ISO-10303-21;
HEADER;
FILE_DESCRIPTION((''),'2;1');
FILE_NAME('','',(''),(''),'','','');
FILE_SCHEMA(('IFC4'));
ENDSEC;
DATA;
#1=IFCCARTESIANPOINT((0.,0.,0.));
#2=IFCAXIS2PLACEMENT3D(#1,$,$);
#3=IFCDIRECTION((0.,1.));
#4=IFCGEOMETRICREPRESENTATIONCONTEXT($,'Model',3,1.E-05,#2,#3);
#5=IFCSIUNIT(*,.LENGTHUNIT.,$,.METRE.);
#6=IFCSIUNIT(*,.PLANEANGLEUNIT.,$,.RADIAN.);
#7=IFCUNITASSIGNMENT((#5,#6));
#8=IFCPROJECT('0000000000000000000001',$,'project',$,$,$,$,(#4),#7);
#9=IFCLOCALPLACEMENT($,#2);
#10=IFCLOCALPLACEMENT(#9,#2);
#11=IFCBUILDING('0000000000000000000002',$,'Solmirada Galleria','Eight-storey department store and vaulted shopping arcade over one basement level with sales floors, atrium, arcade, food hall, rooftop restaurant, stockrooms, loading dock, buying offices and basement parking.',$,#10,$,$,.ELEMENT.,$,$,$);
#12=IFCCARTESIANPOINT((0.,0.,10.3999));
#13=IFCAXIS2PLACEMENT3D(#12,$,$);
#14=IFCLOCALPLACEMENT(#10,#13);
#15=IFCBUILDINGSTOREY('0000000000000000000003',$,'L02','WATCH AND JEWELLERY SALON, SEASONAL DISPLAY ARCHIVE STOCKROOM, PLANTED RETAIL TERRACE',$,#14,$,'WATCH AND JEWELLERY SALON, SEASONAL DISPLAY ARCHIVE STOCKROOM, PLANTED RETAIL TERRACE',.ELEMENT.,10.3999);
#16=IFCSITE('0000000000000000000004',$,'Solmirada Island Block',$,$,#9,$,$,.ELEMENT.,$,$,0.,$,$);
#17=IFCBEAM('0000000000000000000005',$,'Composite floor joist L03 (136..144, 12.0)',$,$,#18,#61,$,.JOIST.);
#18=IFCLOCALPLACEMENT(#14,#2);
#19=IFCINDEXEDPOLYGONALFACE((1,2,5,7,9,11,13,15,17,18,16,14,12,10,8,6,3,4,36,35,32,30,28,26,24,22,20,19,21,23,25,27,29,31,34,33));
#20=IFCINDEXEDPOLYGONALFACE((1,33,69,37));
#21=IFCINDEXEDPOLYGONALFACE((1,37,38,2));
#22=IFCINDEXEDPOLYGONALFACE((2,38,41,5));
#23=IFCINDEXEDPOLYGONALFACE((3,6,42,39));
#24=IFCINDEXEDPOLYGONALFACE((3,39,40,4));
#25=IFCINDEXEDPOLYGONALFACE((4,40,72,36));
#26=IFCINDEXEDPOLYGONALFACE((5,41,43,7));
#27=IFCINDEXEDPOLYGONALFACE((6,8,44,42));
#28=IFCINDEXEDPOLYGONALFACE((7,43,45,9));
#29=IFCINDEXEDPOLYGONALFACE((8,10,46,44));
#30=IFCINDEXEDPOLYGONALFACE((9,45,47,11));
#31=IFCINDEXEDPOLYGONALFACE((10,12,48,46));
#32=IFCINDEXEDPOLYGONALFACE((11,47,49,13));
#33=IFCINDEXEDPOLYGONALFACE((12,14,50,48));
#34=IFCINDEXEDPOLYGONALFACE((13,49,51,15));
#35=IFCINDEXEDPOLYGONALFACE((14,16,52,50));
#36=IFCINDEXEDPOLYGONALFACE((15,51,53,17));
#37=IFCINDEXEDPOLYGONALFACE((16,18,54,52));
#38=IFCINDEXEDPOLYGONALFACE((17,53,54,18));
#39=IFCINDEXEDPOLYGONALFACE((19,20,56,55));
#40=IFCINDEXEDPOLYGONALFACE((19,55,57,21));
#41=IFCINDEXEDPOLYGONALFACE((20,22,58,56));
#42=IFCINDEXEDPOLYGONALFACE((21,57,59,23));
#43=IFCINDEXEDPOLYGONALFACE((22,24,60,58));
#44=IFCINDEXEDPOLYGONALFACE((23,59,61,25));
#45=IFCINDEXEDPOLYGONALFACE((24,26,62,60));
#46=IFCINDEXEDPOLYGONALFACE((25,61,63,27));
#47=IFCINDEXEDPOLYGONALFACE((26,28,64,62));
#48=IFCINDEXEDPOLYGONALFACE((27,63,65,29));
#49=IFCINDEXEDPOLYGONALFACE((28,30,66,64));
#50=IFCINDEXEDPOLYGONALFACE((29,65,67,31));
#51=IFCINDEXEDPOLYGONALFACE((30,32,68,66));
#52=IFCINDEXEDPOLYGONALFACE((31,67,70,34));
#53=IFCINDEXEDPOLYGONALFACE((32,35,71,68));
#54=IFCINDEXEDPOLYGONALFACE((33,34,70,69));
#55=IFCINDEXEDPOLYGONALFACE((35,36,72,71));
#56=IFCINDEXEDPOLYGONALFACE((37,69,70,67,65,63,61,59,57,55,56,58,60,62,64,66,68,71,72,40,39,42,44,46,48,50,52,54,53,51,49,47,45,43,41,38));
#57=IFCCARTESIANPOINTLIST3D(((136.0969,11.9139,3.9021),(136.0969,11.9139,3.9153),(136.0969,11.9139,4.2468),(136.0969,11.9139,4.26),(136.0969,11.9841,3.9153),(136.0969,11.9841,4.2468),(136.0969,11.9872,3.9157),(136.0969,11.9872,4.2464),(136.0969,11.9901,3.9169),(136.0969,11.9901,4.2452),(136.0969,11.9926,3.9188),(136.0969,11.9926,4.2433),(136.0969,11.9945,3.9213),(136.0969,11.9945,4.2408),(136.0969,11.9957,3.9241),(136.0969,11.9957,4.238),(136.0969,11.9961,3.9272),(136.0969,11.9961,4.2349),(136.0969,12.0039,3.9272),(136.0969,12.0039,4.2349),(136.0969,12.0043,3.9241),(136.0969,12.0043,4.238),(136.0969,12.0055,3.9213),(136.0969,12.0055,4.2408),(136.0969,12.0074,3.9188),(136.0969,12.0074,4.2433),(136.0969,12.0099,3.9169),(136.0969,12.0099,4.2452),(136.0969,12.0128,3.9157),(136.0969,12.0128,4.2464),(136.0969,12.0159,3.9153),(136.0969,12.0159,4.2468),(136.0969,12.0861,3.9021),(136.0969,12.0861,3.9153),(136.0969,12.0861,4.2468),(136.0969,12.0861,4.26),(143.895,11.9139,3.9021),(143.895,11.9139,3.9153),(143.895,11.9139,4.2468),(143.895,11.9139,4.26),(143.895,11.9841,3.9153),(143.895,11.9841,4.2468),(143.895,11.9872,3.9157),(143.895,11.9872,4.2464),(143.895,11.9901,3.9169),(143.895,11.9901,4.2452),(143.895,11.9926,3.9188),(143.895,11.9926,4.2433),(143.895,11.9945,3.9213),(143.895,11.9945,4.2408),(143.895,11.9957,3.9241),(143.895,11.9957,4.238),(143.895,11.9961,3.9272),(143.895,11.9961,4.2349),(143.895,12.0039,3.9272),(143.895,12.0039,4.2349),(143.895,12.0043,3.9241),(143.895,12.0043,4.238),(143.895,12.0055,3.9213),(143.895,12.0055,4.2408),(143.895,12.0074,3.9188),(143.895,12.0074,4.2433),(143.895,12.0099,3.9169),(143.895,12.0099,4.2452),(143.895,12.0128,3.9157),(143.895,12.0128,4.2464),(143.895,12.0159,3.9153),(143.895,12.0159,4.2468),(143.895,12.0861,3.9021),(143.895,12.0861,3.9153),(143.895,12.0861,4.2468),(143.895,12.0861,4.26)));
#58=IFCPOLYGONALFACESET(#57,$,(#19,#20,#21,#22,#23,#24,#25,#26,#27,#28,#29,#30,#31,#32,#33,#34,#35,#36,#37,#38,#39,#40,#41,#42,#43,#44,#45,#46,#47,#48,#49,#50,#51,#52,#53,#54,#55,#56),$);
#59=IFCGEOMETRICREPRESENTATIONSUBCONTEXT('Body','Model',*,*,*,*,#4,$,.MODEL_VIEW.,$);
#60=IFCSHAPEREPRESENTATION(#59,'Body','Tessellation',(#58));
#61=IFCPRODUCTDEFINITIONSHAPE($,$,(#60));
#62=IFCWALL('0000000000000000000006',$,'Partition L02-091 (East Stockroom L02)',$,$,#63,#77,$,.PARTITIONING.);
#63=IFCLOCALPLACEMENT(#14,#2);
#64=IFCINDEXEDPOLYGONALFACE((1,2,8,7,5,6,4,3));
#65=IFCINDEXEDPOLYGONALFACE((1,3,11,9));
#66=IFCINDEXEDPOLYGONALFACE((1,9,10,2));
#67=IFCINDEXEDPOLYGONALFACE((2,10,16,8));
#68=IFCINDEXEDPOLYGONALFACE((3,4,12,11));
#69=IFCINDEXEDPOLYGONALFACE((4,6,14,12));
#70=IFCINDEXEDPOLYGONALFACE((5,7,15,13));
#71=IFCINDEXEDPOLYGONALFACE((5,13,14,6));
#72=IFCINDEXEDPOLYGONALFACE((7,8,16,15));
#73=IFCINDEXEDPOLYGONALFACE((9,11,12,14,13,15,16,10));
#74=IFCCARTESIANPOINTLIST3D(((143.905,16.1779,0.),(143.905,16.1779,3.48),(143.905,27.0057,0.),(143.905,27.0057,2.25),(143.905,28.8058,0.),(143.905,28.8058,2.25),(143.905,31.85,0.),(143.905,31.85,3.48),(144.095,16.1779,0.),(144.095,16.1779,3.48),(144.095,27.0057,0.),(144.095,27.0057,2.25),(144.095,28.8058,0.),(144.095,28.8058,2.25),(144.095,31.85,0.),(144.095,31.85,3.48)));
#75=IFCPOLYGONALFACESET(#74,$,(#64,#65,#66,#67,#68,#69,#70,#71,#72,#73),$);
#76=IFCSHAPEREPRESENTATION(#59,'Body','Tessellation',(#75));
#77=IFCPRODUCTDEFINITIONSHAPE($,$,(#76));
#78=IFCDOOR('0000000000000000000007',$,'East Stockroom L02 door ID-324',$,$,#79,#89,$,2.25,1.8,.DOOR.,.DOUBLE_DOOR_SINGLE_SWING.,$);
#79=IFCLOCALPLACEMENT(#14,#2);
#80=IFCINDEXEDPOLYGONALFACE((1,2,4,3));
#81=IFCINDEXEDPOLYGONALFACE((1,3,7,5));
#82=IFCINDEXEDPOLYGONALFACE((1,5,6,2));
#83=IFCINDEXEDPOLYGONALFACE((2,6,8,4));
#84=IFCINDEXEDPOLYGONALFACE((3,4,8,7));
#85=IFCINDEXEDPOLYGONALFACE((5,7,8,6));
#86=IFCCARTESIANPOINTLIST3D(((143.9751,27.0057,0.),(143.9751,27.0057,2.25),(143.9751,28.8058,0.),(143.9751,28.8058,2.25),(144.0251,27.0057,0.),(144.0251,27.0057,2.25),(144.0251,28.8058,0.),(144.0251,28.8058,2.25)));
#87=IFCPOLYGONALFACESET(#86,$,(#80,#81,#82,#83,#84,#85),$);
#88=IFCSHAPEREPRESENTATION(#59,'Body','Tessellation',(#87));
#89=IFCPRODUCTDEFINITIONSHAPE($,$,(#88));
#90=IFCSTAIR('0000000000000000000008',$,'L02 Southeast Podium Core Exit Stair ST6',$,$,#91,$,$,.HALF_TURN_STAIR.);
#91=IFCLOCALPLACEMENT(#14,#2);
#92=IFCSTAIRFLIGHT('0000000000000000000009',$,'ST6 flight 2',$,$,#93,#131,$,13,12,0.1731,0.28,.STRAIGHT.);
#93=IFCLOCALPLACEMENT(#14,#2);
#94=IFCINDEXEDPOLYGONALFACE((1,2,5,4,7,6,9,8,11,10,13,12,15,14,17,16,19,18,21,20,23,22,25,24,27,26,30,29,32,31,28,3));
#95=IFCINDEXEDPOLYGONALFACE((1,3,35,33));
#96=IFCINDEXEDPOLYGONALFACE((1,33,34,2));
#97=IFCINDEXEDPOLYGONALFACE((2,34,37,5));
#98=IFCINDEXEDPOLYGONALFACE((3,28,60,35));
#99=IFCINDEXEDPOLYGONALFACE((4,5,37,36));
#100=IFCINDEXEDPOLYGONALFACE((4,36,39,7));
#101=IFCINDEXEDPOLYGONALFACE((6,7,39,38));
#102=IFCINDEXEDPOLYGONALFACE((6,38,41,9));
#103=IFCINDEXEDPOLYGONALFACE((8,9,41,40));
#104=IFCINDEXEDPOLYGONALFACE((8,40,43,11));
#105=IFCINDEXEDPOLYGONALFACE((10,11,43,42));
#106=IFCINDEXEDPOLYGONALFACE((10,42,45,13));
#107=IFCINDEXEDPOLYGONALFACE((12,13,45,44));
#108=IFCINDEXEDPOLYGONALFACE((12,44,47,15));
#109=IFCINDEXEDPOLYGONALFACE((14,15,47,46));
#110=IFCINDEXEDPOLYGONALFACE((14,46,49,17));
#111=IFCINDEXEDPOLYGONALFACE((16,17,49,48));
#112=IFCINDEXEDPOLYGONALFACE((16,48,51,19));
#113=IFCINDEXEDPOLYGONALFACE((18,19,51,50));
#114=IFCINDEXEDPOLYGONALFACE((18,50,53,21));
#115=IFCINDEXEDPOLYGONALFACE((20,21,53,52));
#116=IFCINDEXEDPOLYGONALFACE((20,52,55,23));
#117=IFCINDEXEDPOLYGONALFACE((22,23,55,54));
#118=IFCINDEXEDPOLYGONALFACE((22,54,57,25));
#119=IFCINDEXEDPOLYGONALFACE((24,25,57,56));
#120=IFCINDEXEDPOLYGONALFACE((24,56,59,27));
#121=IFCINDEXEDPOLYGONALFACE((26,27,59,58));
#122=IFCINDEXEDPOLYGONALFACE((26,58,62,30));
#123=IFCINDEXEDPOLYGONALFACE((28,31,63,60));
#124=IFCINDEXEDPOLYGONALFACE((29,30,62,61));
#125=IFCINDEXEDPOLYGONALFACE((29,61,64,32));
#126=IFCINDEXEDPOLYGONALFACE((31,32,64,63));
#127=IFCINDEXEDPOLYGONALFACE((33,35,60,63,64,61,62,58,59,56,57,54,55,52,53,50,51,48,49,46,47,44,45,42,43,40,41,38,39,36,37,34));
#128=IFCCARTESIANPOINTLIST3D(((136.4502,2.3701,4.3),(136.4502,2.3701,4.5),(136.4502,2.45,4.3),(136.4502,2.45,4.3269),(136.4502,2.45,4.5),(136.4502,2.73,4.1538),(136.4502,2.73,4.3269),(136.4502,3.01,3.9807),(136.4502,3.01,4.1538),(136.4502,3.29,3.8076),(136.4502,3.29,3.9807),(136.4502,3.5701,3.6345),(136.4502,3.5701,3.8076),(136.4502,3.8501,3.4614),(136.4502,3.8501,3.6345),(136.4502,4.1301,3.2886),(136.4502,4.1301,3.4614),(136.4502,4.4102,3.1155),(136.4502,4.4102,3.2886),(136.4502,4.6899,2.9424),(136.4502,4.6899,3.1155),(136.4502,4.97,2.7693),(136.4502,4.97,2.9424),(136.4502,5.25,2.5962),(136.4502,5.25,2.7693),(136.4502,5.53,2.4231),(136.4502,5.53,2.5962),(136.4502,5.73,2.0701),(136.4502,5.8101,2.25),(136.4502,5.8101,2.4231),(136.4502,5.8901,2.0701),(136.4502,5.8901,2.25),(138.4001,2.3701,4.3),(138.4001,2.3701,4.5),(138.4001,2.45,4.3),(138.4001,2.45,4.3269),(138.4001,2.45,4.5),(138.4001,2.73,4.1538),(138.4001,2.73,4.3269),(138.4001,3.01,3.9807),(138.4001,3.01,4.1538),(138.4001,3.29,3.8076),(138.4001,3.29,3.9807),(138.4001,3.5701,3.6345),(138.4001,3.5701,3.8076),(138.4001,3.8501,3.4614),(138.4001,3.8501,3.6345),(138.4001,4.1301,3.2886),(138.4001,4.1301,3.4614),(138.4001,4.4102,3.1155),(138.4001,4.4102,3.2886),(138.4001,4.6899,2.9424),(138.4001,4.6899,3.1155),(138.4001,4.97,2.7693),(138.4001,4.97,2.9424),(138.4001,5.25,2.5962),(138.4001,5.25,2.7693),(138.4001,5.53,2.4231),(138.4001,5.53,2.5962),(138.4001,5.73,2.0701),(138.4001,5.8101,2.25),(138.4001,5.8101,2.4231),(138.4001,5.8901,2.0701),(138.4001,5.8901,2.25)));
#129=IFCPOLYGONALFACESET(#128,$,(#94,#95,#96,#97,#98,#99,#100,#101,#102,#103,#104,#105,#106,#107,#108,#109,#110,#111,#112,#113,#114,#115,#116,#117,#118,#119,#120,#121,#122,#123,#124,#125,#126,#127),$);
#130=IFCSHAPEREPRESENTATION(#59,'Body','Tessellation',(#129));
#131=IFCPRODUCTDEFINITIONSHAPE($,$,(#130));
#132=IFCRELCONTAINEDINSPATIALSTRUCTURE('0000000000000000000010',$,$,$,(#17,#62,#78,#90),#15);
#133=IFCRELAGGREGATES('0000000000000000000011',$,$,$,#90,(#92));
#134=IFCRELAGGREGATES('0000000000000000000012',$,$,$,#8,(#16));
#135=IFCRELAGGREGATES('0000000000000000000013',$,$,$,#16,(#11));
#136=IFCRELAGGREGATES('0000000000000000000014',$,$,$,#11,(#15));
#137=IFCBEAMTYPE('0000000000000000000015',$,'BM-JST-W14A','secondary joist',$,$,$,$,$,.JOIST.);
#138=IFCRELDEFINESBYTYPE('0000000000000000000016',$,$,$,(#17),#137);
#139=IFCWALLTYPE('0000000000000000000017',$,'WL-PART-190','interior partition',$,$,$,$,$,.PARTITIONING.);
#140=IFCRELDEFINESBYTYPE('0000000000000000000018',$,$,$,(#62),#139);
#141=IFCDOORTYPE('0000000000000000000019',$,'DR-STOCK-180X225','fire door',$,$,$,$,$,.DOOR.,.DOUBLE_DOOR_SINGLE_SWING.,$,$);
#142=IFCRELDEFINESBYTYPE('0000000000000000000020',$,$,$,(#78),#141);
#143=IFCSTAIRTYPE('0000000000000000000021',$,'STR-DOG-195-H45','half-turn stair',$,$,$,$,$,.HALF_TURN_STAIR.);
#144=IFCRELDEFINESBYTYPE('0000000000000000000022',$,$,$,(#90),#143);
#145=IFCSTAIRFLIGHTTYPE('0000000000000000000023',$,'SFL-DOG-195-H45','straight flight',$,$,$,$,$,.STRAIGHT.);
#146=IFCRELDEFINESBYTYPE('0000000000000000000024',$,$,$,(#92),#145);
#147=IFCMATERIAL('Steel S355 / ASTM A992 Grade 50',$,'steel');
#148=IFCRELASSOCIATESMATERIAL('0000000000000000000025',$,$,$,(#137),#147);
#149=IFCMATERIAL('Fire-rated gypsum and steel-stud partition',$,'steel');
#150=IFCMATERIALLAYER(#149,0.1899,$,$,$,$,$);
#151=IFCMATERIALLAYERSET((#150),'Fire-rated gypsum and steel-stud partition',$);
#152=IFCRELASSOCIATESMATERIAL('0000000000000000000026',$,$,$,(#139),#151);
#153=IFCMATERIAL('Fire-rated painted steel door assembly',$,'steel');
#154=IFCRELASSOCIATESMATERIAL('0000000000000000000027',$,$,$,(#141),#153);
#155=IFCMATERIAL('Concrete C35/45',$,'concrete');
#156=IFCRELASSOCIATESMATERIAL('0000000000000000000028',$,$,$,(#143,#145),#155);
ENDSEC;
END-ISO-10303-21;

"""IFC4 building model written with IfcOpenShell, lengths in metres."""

from ifc_helpers import new_model, si_unit, direction, frame, frame_2d, origin, origin_2d, place, context, subcontext, project, spatial, polyline, rectangle, i_section, outline, extrude, material, layer, layer_set, material_profile, profile_set, type_object, element, fill, aggregate, save


model = new_model("IFC4")

# Units and contexts
model_context = context("Model", 3, precision=1e-05, world=origin(), true_north=direction((0.0, 1.0)))
body_context = subcontext(model_context, "Body", "Model", "MODEL_VIEW")
ifc_project = project(units=[si_unit("LENGTHUNIT", "METRE"), si_unit("PLANEANGLEUNIT", "RADIAN")], contexts=[model_context])

# Site, building, storey
site_placement = place(None, origin())
site = spatial("IfcSite", under=ifc_project, at=site_placement, Name="Solmirada Island Block", CompositionType="ELEMENT", RefElevation=0.0)
building_placement = place(site_placement, origin())
building = spatial("IfcBuilding", under=site, at=building_placement, Name="Solmirada Galleria", Description="Eight-storey department store and vaulted shopping arcade over one basement level with sales floors, atrium, arcade, food hall, rooftop restaurant, stockrooms, loading dock, buying offices and basement parking.", CompositionType="ELEMENT")
storey_placement = place(building_placement, frame((0.0, 0.0, 10.3999)))
storey = spatial("IfcBuildingStorey", under=building, at=storey_placement, Name="L02", Description="WATCH AND JEWELLERY SALON, SEASONAL DISPLAY ARCHIVE STOCKROOM, PLANTED RETAIL TERRACE", LongName="WATCH AND JEWELLERY SALON, SEASONAL DISPLAY ARCHIVE STOCKROOM, PLANTED RETAIL TERRACE", CompositionType="ELEMENT", Elevation=10.3999)

# Beam
ifc_material_1 = material(Name="Steel S355 / ASTM A992 Grade 50", Category="steel")
ifc_material_profile_1 = material_profile(ifc_material_1, i_section(OverallWidth=0.1721, OverallDepth=0.3579, WebThickness=0.0078, FlangeThickness=0.0132, FilletRadius=0.012, at=origin_2d()), Name="W14X38")
ifc_profile_set_1 = profile_set([ifc_material_profile_1], Name="Steel S355 / ASTM A992 Grade 50")
beam_type_1 = type_object("IfcBeamType", Name="BM-JST-W14A", Description="secondary joist", PredefinedType="JOIST", material=ifc_profile_set_1)
beam_1_placement = place(storey_placement, frame((136.0969, 12.0, 4.0811), z_axis=(1.0, 0.0, 0.0), x_axis=(0.0, 1.0, 0.0)))
element("IfcBeam", 1, at=beam_1_placement, inside=storey, type_object=beam_type_1, Name="Composite floor joist L03 (136..144, 12.0)", PredefinedType="JOIST", context=body_context, shape_type="SweptSolid", body=[
    extrude(i_section(OverallWidth=0.1721, OverallDepth=0.3579, WebThickness=0.0078, FlangeThickness=0.0132, FilletRadius=0.012, at=origin_2d()), origin(), (0.0, 0.0, 1.0), 7.7981),
])

# Wall, opening, door
ifc_material_2 = material(Name="Fire-rated painted steel door assembly", Category="steel")
ifc_material_3 = material(Name="Fire-rated gypsum and steel-stud partition", Category="steel")
ifc_layer_1 = layer(ifc_material_3, 0.1899)
ifc_layer_set_1 = layer_set([ifc_layer_1], Name="Fire-rated gypsum and steel-stud partition")
wall_type_1 = type_object("IfcWallType", Name="WL-PART-190", Description="interior partition", PredefinedType="PARTITIONING", material=ifc_layer_set_1)
wall_1_placement = place(storey_placement, frame((144.0, 16.178, 0.0), z_axis=(0.0, 0.0, 1.0), x_axis=(0.0, 1.0, 0.0)))
wall_1 = element("IfcWall", 2, at=wall_1_placement, inside=storey, type_object=wall_type_1, Name="Partition L02-091 (East Stockroom L02)", PredefinedType="PARTITIONING", context=body_context, shape_type="SweptSolid", body=[
    extrude(rectangle(XDim=15.6721, YDim=0.1899, at=frame_2d((7.8359, 0.0))), origin(), (0.0, 0.0, 1.0), 3.48),
])
opening_1_placement = place(wall_1_placement, frame((10.8279, 0.0, 0.0)))
opening_1 = element("IfcOpeningElement", 3, at=opening_1_placement, cuts=wall_1, PredefinedType="OPENING", context=body_context, shape_type="SweptSolid", body=[
    extrude(rectangle(XDim=1.8, YDim=2.25, at=frame_2d((0.8999, 1.125))), frame((0.0, 0.105, 0.0), z_axis=(0.0, -1.0, 0.0), x_axis=(1.0, 0.0, 0.0)), (0.0, 0.0, 1.0), 0.21),
])
door_type_1 = type_object("IfcDoorType", Name="DR-STOCK-180X225", Description="fire door", OperationType="DOUBLE_DOOR_SINGLE_SWING", PredefinedType="DOOR", material=ifc_material_2)
door_1_placement = place(opening_1_placement, origin())
door_1 = element("IfcDoor", 4, at=door_1_placement, inside=storey, type_object=door_type_1, Name="East Stockroom L02 door ID-324", OperationType="DOUBLE_DOOR_SINGLE_SWING", OverallHeight=2.25, OverallWidth=1.8, PredefinedType="DOOR", context=body_context, shape_type="SweptSolid", body=[
    extrude(rectangle(XDim=1.8, YDim=2.25, at=frame_2d((0.8999, 1.125))), frame((0.0, 0.0249, 0.0), z_axis=(0.0, -1.0, 0.0), x_axis=(1.0, 0.0, 0.0)), (0.0, 0.0, 1.0), 0.05),
])
fill(opening_1, door_1)

# Stair, stair flight
ifc_material_4 = material(Name="Concrete C35/45", Category="concrete")
stair_type = type_object("IfcStairType", Name="STR-DOG-195-H45", Description="half-turn stair", PredefinedType="HALF_TURN_STAIR", material=ifc_material_4)
stair_placement = place(storey_placement, origin())
stair = element("IfcStair", 5, at=stair_placement, inside=storey, type_object=stair_type, Name="L02 Southeast Podium Core Exit Stair ST6", PredefinedType="HALF_TURN_STAIR")
stair_flight_type = type_object("IfcStairFlightType", Name="SFL-DOG-195-H45", Description="straight flight", PredefinedType="STRAIGHT", material=ifc_material_4)
stair_flight_placement = place(storey_placement, frame((137.425, 5.8101, 2.25), z_axis=(0.0, 0.0, 1.0), x_axis=(0.0, -1.0, 0.0)))
stair_flight = element("IfcStairFlight", 6, at=stair_flight_placement, type_object=stair_flight_type, Name="ST6 flight 2", NumberOfRisers=13, NumberOfTreads=12, PredefinedType="STRAIGHT", RiserHeight=0.1731, TreadLength=0.28, context=body_context, shape_type="SweptSolid", body=[
    extrude(outline(polyline([(-0.0801, 0.0), (0.0, 0.0), (0.0, 0.1731), (0.28, 0.1731), (0.28, 0.3462), (0.5601, 0.3462), (0.5601, 0.5193), (0.8401, 0.5193), (0.8401, 0.6924), (1.1201, 0.6924), (1.1201, 0.8655), (1.3999, 0.8655), (1.3999, 1.0386), (1.6799, 1.0386), (1.6799, 1.2114), (1.96, 1.2114), (1.96, 1.3845), (2.24, 1.3845), (2.24, 1.5576), (2.52, 1.5576), (2.52, 1.7307), (2.8, 1.7307), (2.8, 1.9038), (3.0801, 1.9038), (3.0801, 2.0769), (3.3601, 2.0769), (3.3601, 2.25), (3.4399, 2.25), (3.4399, 2.05), (3.3601, 2.05), (0.0801, -0.1799), (-0.0801, -0.1799), (-0.0801, 0.0)])), frame((0.0, 0.9751, 0.0), z_axis=(0.0, -1.0, 0.0), x_axis=(1.0, 0.0, 0.0)), (0.0, 0.0, 1.0), 1.95),
])
aggregate(stair, [stair_flight])

save(model, "model.ifc")
